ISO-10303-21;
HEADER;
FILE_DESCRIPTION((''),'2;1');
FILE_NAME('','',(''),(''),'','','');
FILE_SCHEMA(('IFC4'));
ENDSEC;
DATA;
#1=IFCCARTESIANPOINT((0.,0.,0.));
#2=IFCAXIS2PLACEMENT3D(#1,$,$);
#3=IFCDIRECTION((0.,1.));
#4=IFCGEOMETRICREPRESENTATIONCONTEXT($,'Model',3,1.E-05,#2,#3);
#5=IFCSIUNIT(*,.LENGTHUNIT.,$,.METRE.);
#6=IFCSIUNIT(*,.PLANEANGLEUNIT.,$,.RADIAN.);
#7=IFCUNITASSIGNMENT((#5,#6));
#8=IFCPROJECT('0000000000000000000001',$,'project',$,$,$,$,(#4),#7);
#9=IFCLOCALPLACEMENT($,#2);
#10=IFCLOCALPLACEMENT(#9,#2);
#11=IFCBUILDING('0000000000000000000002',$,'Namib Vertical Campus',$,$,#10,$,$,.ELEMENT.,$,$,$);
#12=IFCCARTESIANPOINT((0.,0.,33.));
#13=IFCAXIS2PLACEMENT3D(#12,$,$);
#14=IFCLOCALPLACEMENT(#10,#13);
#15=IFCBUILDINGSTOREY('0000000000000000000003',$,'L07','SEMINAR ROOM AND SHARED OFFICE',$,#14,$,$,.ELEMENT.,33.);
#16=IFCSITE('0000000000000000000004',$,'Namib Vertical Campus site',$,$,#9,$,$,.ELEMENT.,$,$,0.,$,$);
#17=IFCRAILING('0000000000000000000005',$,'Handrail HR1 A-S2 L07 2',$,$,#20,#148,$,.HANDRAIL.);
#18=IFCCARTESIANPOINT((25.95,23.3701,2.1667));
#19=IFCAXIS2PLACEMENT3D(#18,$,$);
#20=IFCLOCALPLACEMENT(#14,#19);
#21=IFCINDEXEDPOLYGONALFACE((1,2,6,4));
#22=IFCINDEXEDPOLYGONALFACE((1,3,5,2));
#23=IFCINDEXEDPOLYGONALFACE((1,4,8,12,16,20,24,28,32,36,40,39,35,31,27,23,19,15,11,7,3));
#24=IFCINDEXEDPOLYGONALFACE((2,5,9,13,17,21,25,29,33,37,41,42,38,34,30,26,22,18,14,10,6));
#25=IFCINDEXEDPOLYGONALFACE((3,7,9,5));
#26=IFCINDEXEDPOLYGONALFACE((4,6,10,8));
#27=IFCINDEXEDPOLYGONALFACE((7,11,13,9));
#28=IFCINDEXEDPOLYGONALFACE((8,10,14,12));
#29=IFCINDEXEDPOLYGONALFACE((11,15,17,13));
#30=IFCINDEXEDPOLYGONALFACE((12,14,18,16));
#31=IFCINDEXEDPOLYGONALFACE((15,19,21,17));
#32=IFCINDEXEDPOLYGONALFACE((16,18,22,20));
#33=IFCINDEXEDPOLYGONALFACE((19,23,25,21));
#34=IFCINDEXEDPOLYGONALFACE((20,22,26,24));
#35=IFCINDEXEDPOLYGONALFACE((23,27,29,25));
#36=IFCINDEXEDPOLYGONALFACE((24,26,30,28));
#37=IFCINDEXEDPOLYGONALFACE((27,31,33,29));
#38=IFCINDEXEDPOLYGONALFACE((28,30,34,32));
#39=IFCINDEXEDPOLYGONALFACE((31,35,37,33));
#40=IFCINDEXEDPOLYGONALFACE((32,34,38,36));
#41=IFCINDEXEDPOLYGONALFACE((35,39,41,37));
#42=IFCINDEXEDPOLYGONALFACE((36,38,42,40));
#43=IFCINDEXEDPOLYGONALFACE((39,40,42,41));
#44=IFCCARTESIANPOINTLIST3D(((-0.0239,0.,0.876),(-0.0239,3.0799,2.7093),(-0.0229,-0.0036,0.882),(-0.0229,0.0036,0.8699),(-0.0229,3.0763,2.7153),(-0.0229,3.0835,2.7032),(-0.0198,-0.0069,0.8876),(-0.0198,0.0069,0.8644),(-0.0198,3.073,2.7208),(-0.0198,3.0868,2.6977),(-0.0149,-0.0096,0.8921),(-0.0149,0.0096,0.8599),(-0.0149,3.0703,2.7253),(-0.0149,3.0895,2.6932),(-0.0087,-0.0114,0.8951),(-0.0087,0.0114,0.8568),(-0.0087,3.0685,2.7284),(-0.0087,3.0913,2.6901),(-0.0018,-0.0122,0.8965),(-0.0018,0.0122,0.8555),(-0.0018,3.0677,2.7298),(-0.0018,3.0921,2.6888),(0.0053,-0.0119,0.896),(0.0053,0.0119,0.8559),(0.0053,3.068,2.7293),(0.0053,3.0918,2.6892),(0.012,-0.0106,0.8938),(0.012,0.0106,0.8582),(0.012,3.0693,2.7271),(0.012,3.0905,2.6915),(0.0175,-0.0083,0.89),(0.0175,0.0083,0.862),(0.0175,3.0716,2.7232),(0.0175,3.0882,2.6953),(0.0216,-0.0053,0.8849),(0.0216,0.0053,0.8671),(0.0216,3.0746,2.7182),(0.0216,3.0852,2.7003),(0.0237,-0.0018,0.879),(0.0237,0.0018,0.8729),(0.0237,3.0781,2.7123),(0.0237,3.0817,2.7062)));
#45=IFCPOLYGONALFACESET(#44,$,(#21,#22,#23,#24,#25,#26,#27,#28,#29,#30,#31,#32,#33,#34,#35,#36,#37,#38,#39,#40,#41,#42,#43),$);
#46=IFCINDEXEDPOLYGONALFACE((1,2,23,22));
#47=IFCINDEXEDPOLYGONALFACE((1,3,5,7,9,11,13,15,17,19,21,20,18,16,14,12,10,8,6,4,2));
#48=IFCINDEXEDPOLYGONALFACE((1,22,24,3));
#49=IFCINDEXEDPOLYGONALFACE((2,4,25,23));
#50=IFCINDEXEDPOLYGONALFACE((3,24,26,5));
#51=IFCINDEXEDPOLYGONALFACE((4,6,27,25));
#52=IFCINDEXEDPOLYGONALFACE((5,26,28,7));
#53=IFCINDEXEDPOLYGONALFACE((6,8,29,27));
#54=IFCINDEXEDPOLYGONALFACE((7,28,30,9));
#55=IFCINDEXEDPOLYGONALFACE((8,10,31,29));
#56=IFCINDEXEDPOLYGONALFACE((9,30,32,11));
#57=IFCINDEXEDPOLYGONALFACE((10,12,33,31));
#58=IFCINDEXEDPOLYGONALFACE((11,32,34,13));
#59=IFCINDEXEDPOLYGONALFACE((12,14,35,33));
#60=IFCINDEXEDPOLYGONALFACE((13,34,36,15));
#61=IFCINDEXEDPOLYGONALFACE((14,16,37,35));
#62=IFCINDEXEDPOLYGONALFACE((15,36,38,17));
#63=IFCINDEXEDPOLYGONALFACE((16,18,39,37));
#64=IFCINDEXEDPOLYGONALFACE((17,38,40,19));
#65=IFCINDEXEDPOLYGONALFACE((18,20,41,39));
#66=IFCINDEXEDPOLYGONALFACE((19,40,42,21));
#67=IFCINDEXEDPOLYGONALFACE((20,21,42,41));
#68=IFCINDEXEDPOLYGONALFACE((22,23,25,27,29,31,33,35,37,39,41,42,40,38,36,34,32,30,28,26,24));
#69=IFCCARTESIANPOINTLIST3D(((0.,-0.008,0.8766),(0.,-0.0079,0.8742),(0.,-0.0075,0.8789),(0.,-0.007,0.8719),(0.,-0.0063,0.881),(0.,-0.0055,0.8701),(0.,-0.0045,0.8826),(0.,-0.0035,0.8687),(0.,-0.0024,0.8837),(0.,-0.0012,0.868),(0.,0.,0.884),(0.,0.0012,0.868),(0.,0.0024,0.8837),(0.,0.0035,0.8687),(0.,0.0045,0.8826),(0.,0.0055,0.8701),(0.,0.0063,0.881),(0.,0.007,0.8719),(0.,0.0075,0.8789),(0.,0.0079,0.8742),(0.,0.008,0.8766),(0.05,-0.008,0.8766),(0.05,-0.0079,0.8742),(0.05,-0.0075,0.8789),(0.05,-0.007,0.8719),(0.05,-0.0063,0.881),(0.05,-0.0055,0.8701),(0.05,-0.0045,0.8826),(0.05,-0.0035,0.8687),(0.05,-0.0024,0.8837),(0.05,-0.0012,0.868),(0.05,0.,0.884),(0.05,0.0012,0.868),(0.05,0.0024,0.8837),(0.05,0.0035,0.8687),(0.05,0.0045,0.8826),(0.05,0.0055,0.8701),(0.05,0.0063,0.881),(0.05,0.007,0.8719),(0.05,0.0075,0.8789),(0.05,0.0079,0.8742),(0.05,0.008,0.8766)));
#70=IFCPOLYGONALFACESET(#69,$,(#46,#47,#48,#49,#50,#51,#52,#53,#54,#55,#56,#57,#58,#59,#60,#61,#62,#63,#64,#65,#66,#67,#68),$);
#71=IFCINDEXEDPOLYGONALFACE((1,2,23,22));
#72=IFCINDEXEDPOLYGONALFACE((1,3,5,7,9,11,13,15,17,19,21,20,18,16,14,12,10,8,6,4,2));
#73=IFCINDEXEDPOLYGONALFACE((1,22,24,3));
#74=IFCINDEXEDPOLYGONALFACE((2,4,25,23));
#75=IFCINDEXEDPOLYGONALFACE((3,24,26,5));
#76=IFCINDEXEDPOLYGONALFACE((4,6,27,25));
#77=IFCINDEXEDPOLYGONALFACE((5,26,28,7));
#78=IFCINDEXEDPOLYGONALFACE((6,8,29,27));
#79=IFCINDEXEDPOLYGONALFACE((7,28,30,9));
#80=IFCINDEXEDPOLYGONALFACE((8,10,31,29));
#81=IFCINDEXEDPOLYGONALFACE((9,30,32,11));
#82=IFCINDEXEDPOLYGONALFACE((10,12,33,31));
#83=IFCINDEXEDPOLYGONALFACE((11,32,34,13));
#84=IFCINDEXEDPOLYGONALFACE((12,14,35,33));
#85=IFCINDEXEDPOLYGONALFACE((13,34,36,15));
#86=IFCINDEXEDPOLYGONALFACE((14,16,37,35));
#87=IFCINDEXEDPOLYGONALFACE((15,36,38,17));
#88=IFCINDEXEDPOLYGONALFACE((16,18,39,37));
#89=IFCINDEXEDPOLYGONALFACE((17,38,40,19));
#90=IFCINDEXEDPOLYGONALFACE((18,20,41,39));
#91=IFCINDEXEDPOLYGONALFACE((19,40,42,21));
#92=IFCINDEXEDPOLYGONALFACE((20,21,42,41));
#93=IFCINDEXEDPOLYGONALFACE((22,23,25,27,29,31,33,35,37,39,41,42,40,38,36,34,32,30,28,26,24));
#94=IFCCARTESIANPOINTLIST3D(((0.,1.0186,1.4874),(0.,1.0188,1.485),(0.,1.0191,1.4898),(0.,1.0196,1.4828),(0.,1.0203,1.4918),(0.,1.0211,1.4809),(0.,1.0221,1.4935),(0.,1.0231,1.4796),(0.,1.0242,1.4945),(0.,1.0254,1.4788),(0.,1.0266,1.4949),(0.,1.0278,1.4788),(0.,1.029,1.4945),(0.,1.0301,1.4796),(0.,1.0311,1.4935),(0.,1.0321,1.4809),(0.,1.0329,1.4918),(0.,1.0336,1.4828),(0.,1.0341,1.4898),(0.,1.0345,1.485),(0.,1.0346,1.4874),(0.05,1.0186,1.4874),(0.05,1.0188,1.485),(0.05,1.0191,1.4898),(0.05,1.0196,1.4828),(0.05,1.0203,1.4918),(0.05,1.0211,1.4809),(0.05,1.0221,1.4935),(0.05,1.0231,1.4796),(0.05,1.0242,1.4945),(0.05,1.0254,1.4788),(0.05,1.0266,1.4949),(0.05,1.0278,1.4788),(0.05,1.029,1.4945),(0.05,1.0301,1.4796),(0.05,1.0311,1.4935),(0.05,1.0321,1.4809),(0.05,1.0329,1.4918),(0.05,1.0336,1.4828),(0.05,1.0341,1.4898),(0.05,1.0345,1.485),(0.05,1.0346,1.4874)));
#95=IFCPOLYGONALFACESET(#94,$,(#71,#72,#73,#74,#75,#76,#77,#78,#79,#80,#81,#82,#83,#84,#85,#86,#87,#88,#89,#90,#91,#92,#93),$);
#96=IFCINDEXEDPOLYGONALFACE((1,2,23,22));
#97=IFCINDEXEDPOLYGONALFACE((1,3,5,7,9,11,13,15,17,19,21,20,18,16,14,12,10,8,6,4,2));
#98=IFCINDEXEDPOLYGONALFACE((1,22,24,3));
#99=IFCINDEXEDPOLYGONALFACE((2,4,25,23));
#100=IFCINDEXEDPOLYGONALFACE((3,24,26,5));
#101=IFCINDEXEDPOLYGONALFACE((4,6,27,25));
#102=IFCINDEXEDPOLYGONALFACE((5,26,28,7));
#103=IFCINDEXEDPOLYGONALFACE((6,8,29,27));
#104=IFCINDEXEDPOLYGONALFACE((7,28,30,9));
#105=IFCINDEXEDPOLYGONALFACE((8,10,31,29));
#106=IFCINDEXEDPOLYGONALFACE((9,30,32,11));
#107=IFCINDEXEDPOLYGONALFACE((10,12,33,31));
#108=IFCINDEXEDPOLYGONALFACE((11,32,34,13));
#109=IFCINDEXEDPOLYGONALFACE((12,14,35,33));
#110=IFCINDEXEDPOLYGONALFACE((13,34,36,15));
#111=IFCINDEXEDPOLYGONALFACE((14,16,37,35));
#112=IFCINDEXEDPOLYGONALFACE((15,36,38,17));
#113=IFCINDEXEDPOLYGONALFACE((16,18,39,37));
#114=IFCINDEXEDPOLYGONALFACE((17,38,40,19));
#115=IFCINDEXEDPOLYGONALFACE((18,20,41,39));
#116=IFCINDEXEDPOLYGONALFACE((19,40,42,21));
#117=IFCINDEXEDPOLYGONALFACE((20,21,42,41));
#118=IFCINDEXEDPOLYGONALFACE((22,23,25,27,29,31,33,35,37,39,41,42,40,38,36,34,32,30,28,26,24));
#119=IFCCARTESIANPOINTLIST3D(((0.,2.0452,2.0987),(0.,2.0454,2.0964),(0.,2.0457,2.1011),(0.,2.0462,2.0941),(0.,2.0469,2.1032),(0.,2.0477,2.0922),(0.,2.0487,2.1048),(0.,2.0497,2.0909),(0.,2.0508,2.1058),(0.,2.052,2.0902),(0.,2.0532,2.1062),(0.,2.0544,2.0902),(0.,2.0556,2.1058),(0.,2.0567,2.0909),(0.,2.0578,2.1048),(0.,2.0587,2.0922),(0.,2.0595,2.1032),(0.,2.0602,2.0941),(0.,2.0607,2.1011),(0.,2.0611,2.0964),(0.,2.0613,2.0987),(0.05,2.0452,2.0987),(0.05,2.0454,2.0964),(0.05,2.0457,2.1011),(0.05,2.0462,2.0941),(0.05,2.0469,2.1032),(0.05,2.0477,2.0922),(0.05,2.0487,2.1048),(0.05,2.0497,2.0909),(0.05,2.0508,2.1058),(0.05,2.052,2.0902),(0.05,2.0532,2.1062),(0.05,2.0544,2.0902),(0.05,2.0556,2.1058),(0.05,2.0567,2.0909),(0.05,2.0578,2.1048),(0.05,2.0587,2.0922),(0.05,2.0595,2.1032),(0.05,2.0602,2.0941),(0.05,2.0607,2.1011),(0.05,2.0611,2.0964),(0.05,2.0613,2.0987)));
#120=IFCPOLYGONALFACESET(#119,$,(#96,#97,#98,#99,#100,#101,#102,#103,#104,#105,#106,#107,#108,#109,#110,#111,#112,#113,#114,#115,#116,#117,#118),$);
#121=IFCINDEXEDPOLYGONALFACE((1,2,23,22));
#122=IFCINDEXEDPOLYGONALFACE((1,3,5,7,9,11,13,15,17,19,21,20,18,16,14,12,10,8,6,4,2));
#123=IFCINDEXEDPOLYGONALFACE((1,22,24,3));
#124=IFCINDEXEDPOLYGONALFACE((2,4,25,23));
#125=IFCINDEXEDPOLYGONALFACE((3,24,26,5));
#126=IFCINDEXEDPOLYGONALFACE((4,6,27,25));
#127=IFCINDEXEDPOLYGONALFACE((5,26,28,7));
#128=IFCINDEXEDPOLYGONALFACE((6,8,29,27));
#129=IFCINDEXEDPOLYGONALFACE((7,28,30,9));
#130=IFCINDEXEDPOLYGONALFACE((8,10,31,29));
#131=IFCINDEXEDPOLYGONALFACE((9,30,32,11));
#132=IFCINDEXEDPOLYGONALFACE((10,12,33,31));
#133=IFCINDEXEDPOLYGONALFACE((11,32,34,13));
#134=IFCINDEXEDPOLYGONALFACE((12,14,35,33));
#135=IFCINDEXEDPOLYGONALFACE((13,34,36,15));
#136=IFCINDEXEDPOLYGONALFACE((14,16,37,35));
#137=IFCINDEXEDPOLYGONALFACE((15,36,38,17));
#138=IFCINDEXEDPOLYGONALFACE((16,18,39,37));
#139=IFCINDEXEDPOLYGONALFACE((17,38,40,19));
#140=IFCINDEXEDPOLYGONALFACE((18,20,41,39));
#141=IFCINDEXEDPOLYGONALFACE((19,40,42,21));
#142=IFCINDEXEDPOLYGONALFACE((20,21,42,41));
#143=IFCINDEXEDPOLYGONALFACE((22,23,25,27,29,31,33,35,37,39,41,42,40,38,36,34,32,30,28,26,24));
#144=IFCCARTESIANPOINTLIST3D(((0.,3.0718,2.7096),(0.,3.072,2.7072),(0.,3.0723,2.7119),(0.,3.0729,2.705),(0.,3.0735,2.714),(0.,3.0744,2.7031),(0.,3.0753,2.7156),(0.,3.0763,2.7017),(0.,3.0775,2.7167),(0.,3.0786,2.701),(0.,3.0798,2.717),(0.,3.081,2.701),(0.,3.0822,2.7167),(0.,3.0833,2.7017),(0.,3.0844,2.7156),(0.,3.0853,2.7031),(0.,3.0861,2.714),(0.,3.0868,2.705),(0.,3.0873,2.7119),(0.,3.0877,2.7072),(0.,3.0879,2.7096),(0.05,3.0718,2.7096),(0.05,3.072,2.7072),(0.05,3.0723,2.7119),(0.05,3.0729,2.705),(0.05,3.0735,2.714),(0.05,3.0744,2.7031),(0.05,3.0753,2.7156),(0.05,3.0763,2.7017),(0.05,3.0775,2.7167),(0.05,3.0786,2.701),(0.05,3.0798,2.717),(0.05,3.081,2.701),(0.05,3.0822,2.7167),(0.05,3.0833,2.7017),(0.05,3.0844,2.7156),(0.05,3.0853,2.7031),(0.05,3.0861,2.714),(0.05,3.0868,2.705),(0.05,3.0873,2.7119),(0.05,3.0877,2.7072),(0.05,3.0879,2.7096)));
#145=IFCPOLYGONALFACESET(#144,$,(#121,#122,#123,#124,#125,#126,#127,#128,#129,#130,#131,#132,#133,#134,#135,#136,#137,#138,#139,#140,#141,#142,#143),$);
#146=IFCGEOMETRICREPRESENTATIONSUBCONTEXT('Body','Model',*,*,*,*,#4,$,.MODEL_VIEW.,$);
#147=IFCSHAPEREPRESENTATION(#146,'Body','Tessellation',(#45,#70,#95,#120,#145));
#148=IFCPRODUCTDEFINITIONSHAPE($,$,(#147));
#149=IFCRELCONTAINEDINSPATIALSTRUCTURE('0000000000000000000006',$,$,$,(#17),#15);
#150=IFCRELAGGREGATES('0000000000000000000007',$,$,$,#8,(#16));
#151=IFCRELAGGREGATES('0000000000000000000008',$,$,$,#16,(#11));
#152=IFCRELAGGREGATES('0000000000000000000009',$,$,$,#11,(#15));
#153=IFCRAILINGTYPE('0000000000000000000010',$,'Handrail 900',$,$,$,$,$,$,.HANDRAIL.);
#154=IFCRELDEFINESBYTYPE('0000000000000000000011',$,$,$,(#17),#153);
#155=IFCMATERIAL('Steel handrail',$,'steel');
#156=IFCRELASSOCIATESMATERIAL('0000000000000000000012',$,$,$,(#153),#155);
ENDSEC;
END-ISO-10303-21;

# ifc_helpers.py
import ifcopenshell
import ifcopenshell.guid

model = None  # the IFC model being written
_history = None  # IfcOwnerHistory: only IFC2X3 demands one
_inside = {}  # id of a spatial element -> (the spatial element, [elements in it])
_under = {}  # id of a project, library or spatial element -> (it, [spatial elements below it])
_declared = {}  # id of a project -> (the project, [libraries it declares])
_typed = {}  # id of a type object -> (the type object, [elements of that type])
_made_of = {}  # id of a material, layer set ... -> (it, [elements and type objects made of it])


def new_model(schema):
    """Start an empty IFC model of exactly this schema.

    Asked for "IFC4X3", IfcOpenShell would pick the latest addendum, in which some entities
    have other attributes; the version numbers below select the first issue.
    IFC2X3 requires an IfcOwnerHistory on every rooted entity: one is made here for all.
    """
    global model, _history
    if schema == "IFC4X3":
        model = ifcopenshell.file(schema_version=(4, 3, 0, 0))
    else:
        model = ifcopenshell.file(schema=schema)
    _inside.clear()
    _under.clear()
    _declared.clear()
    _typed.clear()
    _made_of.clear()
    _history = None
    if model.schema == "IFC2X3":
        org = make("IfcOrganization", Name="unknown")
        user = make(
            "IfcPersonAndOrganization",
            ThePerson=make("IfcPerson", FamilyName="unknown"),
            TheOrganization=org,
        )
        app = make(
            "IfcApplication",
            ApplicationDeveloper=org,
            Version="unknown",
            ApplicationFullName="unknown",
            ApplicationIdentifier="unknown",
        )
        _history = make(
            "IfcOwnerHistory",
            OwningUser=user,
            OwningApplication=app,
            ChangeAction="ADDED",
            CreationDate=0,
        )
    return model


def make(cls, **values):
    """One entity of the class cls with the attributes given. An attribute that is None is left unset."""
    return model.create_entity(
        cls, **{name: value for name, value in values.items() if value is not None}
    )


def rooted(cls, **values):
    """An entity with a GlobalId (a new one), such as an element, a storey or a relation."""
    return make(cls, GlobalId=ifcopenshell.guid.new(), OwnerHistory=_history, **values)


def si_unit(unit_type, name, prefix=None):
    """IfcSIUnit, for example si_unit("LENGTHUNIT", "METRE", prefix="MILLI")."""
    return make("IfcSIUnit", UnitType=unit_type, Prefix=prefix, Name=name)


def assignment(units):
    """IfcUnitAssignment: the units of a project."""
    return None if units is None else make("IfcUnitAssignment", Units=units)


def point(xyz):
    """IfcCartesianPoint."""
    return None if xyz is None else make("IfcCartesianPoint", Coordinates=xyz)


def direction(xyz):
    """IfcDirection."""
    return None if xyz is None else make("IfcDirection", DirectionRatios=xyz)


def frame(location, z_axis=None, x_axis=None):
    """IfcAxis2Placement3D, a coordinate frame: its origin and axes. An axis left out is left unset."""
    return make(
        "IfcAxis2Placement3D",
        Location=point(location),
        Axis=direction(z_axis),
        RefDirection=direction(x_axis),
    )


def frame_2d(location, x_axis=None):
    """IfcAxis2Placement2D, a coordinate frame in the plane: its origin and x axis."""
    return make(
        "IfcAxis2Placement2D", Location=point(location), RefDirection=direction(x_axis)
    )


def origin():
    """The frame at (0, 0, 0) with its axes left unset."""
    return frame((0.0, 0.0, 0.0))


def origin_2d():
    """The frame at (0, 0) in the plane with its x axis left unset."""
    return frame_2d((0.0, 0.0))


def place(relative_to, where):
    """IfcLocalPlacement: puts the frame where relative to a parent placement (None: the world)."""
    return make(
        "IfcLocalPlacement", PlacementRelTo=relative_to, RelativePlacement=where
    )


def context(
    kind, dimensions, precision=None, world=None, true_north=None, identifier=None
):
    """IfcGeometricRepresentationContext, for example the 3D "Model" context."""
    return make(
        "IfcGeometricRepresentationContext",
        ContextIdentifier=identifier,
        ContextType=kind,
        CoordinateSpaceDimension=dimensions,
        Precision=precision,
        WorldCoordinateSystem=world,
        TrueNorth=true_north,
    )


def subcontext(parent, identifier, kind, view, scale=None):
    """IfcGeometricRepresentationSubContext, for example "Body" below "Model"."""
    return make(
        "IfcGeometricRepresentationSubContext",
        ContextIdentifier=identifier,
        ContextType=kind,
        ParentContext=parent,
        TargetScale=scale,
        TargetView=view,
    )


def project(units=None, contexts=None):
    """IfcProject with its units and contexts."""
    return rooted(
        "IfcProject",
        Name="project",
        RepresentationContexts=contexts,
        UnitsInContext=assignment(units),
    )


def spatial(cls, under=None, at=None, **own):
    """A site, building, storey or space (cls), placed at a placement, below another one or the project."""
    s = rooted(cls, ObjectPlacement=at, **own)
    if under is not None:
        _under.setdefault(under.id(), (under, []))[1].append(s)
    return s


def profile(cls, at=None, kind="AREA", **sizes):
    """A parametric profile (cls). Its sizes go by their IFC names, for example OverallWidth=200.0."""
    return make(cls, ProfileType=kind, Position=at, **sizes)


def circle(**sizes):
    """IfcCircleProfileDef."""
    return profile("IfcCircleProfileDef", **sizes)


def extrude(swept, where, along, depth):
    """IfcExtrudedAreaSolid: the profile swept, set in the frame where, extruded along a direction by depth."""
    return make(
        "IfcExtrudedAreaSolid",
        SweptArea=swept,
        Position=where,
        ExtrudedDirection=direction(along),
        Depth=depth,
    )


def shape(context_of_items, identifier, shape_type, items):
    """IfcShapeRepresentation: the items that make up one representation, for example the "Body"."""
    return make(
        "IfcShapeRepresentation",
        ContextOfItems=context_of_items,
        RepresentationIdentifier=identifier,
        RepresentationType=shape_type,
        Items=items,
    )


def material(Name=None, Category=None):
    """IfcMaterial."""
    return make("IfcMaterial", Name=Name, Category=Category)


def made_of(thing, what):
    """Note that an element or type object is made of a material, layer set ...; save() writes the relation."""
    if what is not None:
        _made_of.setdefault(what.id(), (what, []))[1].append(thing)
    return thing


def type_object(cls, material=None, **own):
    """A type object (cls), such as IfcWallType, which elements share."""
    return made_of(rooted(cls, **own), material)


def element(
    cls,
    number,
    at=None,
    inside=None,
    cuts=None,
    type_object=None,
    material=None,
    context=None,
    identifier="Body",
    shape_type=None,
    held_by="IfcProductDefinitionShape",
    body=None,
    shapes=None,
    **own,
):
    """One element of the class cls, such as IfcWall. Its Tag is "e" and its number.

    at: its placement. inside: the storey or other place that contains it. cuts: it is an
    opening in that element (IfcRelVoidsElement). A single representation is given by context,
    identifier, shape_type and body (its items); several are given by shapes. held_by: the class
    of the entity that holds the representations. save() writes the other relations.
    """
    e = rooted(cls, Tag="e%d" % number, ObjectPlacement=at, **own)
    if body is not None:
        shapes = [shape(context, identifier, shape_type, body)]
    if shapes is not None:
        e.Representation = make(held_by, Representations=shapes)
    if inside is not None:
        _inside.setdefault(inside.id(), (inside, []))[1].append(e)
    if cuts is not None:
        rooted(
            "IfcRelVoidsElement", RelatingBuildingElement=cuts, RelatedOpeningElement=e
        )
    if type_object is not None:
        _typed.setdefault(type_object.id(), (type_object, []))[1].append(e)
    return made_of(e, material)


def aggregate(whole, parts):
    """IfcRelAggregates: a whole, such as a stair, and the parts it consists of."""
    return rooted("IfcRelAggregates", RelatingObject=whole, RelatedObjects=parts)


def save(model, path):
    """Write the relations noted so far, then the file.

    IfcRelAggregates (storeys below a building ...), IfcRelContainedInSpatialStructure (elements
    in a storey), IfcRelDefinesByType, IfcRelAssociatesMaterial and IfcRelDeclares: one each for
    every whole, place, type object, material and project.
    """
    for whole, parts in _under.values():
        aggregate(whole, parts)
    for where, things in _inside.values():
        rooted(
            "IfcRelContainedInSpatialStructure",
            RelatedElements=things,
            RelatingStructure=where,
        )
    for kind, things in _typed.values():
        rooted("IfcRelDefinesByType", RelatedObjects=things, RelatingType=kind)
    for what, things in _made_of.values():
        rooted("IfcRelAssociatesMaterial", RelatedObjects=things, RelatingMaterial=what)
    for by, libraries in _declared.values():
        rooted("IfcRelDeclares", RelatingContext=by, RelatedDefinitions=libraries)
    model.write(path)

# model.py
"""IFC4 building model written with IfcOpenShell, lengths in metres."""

from ifc_helpers import new_model, si_unit, direction, frame, origin, origin_2d, place, context, subcontext, project, spatial, circle, extrude, material, type_object, element, save


model = new_model("IFC4")

# Units and contexts
model_context = context("Model", 3, precision=1e-05, world=origin(), true_north=direction((0.0, 1.0)))
body_context = subcontext(model_context, "Body", "Model", "MODEL_VIEW")
ifc_project = project(units=[si_unit("LENGTHUNIT", "METRE"), si_unit("PLANEANGLEUNIT", "RADIAN")], contexts=[model_context])

# Site, building, storey
site_placement = place(None, origin())
site = spatial("IfcSite", under=ifc_project, at=site_placement, Name="Namib Vertical Campus site", CompositionType="ELEMENT", RefElevation=0.0)
building_placement = place(site_placement, origin())
building = spatial("IfcBuilding", under=site, at=building_placement, Name="Namib Vertical Campus", CompositionType="ELEMENT")
storey_placement = place(building_placement, frame((0.0, 0.0, 33.0)))
storey = spatial("IfcBuildingStorey", under=building, at=storey_placement, Name="L07", Description="SEMINAR ROOM AND SHARED OFFICE", CompositionType="ELEMENT", Elevation=33.0)

# Railing
ifc_material_1 = material(Name="Steel handrail", Category="steel")
railing_type_1 = type_object("IfcRailingType", Name="Handrail 900", PredefinedType="HANDRAIL", material=ifc_material_1)
railing_1_placement = place(storey_placement, frame((25.95, 23.3701, 2.1667)))
element("IfcRailing", 1, at=railing_1_placement, inside=storey, type_object=railing_type_1, Name="Handrail HR1 A-S2 L07 2", PredefinedType="HANDRAIL", context=body_context, shape_type="SweptSolid", body=[
    extrude(circle(Radius=0.0239, at=origin_2d()), frame((0.0, 0.0, 0.876), z_axis=(0.0, 0.859291, 0.511487), x_axis=(-1.0, 0.0, 0.0)), (0.0, 0.0, 1.0), 3.5842),
    extrude(circle(Radius=0.0081, at=origin_2d()), frame((0.0, 0.0, 0.876), z_axis=(1.0, 0.0, 0.0), x_axis=(0.0, 0.0, 1.0)), (0.0, 0.0, 1.0), 0.05),
    extrude(circle(Radius=0.0081, at=origin_2d()), frame((0.0, 1.0266, 1.4868), z_axis=(1.0, 0.0, 0.0), x_axis=(0.0, 0.0, 1.0)), (0.0, 0.0, 1.0), 0.05),
    extrude(circle(Radius=0.0081, at=origin_2d()), frame((0.0, 2.0532, 2.0981), z_axis=(1.0, 0.0, 0.0), x_axis=(0.0, 0.0, 1.0)), (0.0, 0.0, 1.0), 0.05),
    extrude(circle(Radius=0.0081, at=origin_2d()), frame((0.0, 3.0798, 2.709), z_axis=(1.0, 0.0, 0.0), x_axis=(0.0, 0.0, 1.0)), (0.0, 0.0, 1.0), 0.05),
])

save(model, "model.ifc")
